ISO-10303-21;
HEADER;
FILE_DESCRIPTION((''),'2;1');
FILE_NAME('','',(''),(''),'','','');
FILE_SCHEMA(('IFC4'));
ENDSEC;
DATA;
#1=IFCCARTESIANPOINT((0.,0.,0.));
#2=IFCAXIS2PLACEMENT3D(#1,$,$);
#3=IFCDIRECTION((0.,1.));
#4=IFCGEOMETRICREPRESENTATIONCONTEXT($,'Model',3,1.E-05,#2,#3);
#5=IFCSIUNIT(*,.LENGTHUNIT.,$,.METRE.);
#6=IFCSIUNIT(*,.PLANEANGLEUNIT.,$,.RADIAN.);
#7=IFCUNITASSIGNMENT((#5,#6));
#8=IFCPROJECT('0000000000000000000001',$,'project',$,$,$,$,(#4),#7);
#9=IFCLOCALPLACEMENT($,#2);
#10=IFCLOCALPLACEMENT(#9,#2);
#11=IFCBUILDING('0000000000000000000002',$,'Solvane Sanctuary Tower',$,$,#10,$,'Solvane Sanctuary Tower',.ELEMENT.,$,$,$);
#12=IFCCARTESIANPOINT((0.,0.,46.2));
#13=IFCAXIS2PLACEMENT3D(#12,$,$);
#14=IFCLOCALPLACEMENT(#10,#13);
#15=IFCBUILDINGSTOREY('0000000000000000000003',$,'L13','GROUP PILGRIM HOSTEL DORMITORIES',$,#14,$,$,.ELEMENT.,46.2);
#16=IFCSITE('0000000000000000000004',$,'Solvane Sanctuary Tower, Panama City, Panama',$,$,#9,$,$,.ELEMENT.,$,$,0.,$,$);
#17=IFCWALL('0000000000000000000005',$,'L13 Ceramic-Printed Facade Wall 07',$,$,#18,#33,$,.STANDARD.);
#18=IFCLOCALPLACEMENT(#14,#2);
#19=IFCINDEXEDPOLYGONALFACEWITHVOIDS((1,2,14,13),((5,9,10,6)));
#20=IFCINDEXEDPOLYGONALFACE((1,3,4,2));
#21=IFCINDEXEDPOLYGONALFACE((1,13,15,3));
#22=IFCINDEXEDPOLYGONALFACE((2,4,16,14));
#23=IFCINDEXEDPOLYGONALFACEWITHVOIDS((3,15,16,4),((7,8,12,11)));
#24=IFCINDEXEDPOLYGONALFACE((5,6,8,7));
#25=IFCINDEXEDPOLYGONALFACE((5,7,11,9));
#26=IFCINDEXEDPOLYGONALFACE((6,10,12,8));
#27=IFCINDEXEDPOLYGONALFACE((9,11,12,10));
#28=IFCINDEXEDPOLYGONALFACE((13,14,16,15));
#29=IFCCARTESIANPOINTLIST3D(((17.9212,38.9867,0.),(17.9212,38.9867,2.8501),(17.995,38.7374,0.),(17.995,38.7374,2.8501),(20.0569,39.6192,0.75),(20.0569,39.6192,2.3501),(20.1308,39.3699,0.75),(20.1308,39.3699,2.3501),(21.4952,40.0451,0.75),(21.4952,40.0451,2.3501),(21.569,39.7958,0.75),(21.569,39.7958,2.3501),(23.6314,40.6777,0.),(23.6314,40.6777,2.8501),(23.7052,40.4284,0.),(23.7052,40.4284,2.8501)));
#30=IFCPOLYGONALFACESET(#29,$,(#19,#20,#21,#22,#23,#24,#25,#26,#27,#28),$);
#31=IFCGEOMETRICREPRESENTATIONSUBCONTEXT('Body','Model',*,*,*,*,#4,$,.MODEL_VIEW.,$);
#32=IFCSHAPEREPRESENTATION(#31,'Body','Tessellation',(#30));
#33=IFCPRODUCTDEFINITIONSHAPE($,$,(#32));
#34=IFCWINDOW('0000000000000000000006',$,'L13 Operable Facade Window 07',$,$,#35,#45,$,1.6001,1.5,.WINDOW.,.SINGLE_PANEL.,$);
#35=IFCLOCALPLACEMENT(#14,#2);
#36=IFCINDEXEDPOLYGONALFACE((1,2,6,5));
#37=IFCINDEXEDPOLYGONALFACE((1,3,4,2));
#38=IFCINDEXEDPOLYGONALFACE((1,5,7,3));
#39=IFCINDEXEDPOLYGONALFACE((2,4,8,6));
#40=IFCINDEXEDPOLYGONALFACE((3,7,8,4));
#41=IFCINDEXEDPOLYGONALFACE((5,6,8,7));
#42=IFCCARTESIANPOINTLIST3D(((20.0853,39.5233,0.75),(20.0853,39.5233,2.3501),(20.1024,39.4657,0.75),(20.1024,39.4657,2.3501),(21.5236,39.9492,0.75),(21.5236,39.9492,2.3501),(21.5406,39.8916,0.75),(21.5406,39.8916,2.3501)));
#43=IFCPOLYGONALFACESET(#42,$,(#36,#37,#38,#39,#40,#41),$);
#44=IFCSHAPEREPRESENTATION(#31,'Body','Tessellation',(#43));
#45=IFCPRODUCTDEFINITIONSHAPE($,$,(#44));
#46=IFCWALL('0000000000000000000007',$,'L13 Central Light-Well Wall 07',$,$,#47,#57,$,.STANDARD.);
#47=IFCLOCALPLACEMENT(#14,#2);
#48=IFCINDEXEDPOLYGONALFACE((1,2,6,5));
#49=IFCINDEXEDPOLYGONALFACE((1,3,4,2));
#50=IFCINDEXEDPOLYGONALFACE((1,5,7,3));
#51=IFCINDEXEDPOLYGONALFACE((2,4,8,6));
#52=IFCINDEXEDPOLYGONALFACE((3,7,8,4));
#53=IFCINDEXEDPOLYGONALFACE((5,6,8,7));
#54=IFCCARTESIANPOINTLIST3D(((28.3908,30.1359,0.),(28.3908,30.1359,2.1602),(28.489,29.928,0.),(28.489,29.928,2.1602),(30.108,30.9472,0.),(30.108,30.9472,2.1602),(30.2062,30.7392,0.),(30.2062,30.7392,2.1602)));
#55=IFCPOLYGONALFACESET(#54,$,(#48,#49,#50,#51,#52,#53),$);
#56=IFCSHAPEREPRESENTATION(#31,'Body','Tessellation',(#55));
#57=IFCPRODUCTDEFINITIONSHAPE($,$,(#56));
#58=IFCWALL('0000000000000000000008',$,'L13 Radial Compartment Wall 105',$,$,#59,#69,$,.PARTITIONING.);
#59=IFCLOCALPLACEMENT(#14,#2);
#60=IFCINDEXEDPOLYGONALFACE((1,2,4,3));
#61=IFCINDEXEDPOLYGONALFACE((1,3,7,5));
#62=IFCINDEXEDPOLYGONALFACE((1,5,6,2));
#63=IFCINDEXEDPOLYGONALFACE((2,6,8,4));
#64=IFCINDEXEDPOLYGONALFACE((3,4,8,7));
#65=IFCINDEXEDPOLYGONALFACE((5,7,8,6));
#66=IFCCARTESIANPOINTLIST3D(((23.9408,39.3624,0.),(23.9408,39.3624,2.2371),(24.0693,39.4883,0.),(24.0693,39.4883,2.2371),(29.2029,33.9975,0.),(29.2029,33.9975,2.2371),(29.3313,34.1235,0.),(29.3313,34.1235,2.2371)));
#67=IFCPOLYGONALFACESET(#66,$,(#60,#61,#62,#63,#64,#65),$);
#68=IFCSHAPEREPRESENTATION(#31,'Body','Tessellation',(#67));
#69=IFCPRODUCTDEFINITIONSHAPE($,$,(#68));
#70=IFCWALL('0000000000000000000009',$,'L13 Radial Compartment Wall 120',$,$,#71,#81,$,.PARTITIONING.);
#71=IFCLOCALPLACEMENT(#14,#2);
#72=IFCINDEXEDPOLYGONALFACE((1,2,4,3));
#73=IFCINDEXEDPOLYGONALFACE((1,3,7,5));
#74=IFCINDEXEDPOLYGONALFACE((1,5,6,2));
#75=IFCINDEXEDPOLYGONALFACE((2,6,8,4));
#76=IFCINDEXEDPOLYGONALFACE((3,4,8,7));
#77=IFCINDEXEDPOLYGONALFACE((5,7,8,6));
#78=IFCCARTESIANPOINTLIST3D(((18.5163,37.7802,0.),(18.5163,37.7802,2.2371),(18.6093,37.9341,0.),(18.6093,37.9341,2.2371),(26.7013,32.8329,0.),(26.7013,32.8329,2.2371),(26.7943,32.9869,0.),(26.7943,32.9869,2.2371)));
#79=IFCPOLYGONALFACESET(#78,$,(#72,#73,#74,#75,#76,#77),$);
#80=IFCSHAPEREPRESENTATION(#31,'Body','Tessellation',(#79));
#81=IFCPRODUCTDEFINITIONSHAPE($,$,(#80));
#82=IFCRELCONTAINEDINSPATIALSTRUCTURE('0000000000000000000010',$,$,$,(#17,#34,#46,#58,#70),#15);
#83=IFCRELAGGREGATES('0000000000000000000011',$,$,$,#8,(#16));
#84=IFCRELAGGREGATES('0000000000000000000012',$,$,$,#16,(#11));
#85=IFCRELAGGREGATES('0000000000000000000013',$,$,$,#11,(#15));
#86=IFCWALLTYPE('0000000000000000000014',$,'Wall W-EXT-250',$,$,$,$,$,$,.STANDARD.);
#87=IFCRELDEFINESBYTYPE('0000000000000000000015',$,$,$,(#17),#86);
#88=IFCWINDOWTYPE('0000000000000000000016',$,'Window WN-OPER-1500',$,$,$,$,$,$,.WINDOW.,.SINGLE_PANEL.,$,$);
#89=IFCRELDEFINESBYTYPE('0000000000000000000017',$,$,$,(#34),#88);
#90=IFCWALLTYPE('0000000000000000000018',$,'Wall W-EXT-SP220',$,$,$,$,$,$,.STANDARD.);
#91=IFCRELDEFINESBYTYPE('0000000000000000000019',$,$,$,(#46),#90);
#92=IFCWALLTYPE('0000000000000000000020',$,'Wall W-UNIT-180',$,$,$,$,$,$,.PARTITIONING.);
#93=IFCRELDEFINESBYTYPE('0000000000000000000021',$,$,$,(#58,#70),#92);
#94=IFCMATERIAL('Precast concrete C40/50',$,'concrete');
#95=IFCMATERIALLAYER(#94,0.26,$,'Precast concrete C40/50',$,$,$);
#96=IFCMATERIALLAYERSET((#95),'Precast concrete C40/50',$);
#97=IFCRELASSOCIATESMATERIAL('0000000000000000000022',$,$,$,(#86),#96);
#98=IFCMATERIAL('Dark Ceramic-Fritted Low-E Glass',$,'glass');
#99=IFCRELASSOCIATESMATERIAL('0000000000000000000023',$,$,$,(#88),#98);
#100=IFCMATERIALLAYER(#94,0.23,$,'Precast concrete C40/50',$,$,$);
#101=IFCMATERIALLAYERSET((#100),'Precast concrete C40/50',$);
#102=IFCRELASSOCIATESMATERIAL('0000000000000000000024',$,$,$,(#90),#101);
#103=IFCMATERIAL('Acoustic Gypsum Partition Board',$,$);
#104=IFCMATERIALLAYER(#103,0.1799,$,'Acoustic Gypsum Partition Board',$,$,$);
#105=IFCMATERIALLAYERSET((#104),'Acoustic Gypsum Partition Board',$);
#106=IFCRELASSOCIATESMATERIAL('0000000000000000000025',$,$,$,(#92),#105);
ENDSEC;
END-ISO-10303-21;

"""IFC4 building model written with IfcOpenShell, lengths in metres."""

from ifc_helpers import new_model, si_unit, direction, frame, frame_2d, origin, place, context, subcontext, project, spatial, rectangle, extrude, material, layer, layer_set, type_object, element, fill, save


model = new_model("IFC4")

# Units and contexts
model_context = context("Model", 3, precision=1e-05, world=origin(), true_north=direction((0.0, 1.0)))
body_context = subcontext(model_context, "Body", "Model", "MODEL_VIEW")
ifc_project = project(units=[si_unit("LENGTHUNIT", "METRE"), si_unit("PLANEANGLEUNIT", "RADIAN")], contexts=[model_context])

# Site, building, storey
site_placement = place(None, origin())
site = spatial("IfcSite", under=ifc_project, at=site_placement, Name="Solvane Sanctuary Tower, Panama City, Panama", CompositionType="ELEMENT", RefElevation=0.0)
building_placement = place(site_placement, origin())
building = spatial("IfcBuilding", under=site, at=building_placement, Name="Solvane Sanctuary Tower", LongName="Solvane Sanctuary Tower", CompositionType="ELEMENT")
storey_placement = place(building_placement, frame((0.0, 0.0, 46.2)))
storey = spatial("IfcBuildingStorey", under=building, at=storey_placement, Name="L13", Description="GROUP PILGRIM HOSTEL DORMITORIES", CompositionType="ELEMENT", Elevation=46.2)

# Shared definitions
ifc_material_1 = material(Name="Acoustic Gypsum Partition Board")

# Wall, opening, window
ifc_material_2 = material(Name="Precast concrete C40/50", Category="concrete")
ifc_layer_1 = layer(ifc_material_2, 0.26, Name="Precast concrete C40/50")
ifc_layer_set_1 = layer_set([ifc_layer_1], Name="Precast concrete C40/50")
wall_type_1 = type_object("IfcWallType", Name="Wall W-EXT-250", PredefinedType="STANDARD", material=ifc_layer_set_1)
wall_1_placement = place(storey_placement, frame((23.6682, 40.553, 0.0), z_axis=(0.0, 0.0, 1.0), x_axis=(-0.958844, -0.283935, 0.0)))
wall_1 = element("IfcWall", 1, at=wall_1_placement, inside=storey, type_object=wall_type_1, Name="L13 Ceramic-Printed Facade Wall 07", PredefinedType="STANDARD", context=body_context, shape_type="SweptSolid", body=[
    extrude(rectangle(XDim=5.9553, YDim=0.26, at=frame_2d((2.9775, 0.0))), origin(), (0.0, 0.0, 1.0), 2.8501),
])
opening_1_placement = place(wall_1_placement, frame((2.2278, 0.0, 0.75)))
opening_1 = element("IfcOpeningElement", 2, at=opening_1_placement, cuts=wall_1, PredefinedType="OPENING", context=body_context, shape_type="SweptSolid", body=[
    extrude(rectangle(XDim=1.5, YDim=1.6001, at=frame_2d((0.75, 0.8))), frame((0.0, 0.1399, 0.0), z_axis=(0.0, -1.0, 0.0), x_axis=(1.0, 0.0, 0.0)), (0.0, 0.0, 1.0), 0.28),
])
ifc_material_3 = material(Name="Dark Ceramic-Fritted Low-E Glass", Category="glass")
window_type = type_object("IfcWindowType", Name="Window WN-OPER-1500", PartitioningType="SINGLE_PANEL", PredefinedType="WINDOW", material=ifc_material_3)
window_placement = place(opening_1_placement, origin())
window = element("IfcWindow", 3, at=window_placement, inside=storey, type_object=window_type, Name="L13 Operable Facade Window 07", OverallHeight=1.6001, OverallWidth=1.5, PartitioningType="SINGLE_PANEL", PredefinedType="WINDOW", context=body_context, shape_type="SweptSolid", body=[
    extrude(rectangle(XDim=1.5, YDim=1.6001, at=frame_2d((0.75, 0.8))), frame((0.0, 0.03, 0.0), z_axis=(0.0, -1.0, 0.0), x_axis=(1.0, 0.0, 0.0)), (0.0, 0.0, 1.0), 0.0601),
])
fill(opening_1, window)

# Walls
ifc_layer_2 = layer(ifc_material_2, 0.23, Name="Precast concrete C40/50")
ifc_layer_set_2 = layer_set([ifc_layer_2], Name="Precast concrete C40/50")
wall_type_2 = type_object("IfcWallType", Name="Wall W-EXT-SP220", PredefinedType="STANDARD", material=ifc_layer_set_2)
wall_2_placement = place(storey_placement, frame((30.1572, 30.8433, 0.0), z_axis=(0.0, 0.0, 1.0), x_axis=(-0.90418, -0.427152, 0.0)))
element("IfcWall", 4, at=wall_2_placement, inside=storey, type_object=wall_type_2, Name="L13 Central Light-Well Wall 07", PredefinedType="STANDARD", context=body_context, shape_type="SweptSolid", body=[
    extrude(rectangle(XDim=1.8992, YDim=0.23, at=frame_2d((0.9497, 0.0))), origin(), (0.0, 0.0, 1.0), 2.1602),
])
ifc_layer_3 = layer(ifc_material_1, 0.1799, Name="Acoustic Gypsum Partition Board")
ifc_layer_set_3 = layer_set([ifc_layer_3], Name="Acoustic Gypsum Partition Board")
wall_type_3 = type_object("IfcWallType", Name="Wall W-UNIT-180", PredefinedType="PARTITIONING", material=ifc_layer_set_3)
wall_3_placement = place(storey_placement, frame((29.2671, 34.0605, 0.0), z_axis=(0.0, 0.0, 1.0), x_axis=(-0.700235, 0.713913, 0.0)))
element("IfcWall", 5, at=wall_3_placement, inside=storey, type_object=wall_type_3, Name="L13 Radial Compartment Wall 105", PredefinedType="PARTITIONING", context=body_context, shape_type="SweptSolid", body=[
    extrude(rectangle(XDim=7.5146, YDim=0.1799, at=frame_2d((3.7573, 0.0))), origin(), (0.0, 0.0, 1.0), 2.2371),
])
wall_4_placement = place(storey_placement, frame((26.7478, 32.9099, 0.0), z_axis=(0.0, 0.0, 1.0), x_axis=(-0.855817, 0.517278, 0.0)))
element("IfcWall", 6, at=wall_4_placement, inside=storey, type_object=wall_type_3, Name="L13 Radial Compartment Wall 120", PredefinedType="PARTITIONING", context=body_context, shape_type="SweptSolid", body=[
    extrude(rectangle(XDim=9.564, YDim=0.1799, at=frame_2d((4.782, 0.0))), origin(), (0.0, 0.0, 1.0), 2.2371),
])

save(model, "model.ifc")
